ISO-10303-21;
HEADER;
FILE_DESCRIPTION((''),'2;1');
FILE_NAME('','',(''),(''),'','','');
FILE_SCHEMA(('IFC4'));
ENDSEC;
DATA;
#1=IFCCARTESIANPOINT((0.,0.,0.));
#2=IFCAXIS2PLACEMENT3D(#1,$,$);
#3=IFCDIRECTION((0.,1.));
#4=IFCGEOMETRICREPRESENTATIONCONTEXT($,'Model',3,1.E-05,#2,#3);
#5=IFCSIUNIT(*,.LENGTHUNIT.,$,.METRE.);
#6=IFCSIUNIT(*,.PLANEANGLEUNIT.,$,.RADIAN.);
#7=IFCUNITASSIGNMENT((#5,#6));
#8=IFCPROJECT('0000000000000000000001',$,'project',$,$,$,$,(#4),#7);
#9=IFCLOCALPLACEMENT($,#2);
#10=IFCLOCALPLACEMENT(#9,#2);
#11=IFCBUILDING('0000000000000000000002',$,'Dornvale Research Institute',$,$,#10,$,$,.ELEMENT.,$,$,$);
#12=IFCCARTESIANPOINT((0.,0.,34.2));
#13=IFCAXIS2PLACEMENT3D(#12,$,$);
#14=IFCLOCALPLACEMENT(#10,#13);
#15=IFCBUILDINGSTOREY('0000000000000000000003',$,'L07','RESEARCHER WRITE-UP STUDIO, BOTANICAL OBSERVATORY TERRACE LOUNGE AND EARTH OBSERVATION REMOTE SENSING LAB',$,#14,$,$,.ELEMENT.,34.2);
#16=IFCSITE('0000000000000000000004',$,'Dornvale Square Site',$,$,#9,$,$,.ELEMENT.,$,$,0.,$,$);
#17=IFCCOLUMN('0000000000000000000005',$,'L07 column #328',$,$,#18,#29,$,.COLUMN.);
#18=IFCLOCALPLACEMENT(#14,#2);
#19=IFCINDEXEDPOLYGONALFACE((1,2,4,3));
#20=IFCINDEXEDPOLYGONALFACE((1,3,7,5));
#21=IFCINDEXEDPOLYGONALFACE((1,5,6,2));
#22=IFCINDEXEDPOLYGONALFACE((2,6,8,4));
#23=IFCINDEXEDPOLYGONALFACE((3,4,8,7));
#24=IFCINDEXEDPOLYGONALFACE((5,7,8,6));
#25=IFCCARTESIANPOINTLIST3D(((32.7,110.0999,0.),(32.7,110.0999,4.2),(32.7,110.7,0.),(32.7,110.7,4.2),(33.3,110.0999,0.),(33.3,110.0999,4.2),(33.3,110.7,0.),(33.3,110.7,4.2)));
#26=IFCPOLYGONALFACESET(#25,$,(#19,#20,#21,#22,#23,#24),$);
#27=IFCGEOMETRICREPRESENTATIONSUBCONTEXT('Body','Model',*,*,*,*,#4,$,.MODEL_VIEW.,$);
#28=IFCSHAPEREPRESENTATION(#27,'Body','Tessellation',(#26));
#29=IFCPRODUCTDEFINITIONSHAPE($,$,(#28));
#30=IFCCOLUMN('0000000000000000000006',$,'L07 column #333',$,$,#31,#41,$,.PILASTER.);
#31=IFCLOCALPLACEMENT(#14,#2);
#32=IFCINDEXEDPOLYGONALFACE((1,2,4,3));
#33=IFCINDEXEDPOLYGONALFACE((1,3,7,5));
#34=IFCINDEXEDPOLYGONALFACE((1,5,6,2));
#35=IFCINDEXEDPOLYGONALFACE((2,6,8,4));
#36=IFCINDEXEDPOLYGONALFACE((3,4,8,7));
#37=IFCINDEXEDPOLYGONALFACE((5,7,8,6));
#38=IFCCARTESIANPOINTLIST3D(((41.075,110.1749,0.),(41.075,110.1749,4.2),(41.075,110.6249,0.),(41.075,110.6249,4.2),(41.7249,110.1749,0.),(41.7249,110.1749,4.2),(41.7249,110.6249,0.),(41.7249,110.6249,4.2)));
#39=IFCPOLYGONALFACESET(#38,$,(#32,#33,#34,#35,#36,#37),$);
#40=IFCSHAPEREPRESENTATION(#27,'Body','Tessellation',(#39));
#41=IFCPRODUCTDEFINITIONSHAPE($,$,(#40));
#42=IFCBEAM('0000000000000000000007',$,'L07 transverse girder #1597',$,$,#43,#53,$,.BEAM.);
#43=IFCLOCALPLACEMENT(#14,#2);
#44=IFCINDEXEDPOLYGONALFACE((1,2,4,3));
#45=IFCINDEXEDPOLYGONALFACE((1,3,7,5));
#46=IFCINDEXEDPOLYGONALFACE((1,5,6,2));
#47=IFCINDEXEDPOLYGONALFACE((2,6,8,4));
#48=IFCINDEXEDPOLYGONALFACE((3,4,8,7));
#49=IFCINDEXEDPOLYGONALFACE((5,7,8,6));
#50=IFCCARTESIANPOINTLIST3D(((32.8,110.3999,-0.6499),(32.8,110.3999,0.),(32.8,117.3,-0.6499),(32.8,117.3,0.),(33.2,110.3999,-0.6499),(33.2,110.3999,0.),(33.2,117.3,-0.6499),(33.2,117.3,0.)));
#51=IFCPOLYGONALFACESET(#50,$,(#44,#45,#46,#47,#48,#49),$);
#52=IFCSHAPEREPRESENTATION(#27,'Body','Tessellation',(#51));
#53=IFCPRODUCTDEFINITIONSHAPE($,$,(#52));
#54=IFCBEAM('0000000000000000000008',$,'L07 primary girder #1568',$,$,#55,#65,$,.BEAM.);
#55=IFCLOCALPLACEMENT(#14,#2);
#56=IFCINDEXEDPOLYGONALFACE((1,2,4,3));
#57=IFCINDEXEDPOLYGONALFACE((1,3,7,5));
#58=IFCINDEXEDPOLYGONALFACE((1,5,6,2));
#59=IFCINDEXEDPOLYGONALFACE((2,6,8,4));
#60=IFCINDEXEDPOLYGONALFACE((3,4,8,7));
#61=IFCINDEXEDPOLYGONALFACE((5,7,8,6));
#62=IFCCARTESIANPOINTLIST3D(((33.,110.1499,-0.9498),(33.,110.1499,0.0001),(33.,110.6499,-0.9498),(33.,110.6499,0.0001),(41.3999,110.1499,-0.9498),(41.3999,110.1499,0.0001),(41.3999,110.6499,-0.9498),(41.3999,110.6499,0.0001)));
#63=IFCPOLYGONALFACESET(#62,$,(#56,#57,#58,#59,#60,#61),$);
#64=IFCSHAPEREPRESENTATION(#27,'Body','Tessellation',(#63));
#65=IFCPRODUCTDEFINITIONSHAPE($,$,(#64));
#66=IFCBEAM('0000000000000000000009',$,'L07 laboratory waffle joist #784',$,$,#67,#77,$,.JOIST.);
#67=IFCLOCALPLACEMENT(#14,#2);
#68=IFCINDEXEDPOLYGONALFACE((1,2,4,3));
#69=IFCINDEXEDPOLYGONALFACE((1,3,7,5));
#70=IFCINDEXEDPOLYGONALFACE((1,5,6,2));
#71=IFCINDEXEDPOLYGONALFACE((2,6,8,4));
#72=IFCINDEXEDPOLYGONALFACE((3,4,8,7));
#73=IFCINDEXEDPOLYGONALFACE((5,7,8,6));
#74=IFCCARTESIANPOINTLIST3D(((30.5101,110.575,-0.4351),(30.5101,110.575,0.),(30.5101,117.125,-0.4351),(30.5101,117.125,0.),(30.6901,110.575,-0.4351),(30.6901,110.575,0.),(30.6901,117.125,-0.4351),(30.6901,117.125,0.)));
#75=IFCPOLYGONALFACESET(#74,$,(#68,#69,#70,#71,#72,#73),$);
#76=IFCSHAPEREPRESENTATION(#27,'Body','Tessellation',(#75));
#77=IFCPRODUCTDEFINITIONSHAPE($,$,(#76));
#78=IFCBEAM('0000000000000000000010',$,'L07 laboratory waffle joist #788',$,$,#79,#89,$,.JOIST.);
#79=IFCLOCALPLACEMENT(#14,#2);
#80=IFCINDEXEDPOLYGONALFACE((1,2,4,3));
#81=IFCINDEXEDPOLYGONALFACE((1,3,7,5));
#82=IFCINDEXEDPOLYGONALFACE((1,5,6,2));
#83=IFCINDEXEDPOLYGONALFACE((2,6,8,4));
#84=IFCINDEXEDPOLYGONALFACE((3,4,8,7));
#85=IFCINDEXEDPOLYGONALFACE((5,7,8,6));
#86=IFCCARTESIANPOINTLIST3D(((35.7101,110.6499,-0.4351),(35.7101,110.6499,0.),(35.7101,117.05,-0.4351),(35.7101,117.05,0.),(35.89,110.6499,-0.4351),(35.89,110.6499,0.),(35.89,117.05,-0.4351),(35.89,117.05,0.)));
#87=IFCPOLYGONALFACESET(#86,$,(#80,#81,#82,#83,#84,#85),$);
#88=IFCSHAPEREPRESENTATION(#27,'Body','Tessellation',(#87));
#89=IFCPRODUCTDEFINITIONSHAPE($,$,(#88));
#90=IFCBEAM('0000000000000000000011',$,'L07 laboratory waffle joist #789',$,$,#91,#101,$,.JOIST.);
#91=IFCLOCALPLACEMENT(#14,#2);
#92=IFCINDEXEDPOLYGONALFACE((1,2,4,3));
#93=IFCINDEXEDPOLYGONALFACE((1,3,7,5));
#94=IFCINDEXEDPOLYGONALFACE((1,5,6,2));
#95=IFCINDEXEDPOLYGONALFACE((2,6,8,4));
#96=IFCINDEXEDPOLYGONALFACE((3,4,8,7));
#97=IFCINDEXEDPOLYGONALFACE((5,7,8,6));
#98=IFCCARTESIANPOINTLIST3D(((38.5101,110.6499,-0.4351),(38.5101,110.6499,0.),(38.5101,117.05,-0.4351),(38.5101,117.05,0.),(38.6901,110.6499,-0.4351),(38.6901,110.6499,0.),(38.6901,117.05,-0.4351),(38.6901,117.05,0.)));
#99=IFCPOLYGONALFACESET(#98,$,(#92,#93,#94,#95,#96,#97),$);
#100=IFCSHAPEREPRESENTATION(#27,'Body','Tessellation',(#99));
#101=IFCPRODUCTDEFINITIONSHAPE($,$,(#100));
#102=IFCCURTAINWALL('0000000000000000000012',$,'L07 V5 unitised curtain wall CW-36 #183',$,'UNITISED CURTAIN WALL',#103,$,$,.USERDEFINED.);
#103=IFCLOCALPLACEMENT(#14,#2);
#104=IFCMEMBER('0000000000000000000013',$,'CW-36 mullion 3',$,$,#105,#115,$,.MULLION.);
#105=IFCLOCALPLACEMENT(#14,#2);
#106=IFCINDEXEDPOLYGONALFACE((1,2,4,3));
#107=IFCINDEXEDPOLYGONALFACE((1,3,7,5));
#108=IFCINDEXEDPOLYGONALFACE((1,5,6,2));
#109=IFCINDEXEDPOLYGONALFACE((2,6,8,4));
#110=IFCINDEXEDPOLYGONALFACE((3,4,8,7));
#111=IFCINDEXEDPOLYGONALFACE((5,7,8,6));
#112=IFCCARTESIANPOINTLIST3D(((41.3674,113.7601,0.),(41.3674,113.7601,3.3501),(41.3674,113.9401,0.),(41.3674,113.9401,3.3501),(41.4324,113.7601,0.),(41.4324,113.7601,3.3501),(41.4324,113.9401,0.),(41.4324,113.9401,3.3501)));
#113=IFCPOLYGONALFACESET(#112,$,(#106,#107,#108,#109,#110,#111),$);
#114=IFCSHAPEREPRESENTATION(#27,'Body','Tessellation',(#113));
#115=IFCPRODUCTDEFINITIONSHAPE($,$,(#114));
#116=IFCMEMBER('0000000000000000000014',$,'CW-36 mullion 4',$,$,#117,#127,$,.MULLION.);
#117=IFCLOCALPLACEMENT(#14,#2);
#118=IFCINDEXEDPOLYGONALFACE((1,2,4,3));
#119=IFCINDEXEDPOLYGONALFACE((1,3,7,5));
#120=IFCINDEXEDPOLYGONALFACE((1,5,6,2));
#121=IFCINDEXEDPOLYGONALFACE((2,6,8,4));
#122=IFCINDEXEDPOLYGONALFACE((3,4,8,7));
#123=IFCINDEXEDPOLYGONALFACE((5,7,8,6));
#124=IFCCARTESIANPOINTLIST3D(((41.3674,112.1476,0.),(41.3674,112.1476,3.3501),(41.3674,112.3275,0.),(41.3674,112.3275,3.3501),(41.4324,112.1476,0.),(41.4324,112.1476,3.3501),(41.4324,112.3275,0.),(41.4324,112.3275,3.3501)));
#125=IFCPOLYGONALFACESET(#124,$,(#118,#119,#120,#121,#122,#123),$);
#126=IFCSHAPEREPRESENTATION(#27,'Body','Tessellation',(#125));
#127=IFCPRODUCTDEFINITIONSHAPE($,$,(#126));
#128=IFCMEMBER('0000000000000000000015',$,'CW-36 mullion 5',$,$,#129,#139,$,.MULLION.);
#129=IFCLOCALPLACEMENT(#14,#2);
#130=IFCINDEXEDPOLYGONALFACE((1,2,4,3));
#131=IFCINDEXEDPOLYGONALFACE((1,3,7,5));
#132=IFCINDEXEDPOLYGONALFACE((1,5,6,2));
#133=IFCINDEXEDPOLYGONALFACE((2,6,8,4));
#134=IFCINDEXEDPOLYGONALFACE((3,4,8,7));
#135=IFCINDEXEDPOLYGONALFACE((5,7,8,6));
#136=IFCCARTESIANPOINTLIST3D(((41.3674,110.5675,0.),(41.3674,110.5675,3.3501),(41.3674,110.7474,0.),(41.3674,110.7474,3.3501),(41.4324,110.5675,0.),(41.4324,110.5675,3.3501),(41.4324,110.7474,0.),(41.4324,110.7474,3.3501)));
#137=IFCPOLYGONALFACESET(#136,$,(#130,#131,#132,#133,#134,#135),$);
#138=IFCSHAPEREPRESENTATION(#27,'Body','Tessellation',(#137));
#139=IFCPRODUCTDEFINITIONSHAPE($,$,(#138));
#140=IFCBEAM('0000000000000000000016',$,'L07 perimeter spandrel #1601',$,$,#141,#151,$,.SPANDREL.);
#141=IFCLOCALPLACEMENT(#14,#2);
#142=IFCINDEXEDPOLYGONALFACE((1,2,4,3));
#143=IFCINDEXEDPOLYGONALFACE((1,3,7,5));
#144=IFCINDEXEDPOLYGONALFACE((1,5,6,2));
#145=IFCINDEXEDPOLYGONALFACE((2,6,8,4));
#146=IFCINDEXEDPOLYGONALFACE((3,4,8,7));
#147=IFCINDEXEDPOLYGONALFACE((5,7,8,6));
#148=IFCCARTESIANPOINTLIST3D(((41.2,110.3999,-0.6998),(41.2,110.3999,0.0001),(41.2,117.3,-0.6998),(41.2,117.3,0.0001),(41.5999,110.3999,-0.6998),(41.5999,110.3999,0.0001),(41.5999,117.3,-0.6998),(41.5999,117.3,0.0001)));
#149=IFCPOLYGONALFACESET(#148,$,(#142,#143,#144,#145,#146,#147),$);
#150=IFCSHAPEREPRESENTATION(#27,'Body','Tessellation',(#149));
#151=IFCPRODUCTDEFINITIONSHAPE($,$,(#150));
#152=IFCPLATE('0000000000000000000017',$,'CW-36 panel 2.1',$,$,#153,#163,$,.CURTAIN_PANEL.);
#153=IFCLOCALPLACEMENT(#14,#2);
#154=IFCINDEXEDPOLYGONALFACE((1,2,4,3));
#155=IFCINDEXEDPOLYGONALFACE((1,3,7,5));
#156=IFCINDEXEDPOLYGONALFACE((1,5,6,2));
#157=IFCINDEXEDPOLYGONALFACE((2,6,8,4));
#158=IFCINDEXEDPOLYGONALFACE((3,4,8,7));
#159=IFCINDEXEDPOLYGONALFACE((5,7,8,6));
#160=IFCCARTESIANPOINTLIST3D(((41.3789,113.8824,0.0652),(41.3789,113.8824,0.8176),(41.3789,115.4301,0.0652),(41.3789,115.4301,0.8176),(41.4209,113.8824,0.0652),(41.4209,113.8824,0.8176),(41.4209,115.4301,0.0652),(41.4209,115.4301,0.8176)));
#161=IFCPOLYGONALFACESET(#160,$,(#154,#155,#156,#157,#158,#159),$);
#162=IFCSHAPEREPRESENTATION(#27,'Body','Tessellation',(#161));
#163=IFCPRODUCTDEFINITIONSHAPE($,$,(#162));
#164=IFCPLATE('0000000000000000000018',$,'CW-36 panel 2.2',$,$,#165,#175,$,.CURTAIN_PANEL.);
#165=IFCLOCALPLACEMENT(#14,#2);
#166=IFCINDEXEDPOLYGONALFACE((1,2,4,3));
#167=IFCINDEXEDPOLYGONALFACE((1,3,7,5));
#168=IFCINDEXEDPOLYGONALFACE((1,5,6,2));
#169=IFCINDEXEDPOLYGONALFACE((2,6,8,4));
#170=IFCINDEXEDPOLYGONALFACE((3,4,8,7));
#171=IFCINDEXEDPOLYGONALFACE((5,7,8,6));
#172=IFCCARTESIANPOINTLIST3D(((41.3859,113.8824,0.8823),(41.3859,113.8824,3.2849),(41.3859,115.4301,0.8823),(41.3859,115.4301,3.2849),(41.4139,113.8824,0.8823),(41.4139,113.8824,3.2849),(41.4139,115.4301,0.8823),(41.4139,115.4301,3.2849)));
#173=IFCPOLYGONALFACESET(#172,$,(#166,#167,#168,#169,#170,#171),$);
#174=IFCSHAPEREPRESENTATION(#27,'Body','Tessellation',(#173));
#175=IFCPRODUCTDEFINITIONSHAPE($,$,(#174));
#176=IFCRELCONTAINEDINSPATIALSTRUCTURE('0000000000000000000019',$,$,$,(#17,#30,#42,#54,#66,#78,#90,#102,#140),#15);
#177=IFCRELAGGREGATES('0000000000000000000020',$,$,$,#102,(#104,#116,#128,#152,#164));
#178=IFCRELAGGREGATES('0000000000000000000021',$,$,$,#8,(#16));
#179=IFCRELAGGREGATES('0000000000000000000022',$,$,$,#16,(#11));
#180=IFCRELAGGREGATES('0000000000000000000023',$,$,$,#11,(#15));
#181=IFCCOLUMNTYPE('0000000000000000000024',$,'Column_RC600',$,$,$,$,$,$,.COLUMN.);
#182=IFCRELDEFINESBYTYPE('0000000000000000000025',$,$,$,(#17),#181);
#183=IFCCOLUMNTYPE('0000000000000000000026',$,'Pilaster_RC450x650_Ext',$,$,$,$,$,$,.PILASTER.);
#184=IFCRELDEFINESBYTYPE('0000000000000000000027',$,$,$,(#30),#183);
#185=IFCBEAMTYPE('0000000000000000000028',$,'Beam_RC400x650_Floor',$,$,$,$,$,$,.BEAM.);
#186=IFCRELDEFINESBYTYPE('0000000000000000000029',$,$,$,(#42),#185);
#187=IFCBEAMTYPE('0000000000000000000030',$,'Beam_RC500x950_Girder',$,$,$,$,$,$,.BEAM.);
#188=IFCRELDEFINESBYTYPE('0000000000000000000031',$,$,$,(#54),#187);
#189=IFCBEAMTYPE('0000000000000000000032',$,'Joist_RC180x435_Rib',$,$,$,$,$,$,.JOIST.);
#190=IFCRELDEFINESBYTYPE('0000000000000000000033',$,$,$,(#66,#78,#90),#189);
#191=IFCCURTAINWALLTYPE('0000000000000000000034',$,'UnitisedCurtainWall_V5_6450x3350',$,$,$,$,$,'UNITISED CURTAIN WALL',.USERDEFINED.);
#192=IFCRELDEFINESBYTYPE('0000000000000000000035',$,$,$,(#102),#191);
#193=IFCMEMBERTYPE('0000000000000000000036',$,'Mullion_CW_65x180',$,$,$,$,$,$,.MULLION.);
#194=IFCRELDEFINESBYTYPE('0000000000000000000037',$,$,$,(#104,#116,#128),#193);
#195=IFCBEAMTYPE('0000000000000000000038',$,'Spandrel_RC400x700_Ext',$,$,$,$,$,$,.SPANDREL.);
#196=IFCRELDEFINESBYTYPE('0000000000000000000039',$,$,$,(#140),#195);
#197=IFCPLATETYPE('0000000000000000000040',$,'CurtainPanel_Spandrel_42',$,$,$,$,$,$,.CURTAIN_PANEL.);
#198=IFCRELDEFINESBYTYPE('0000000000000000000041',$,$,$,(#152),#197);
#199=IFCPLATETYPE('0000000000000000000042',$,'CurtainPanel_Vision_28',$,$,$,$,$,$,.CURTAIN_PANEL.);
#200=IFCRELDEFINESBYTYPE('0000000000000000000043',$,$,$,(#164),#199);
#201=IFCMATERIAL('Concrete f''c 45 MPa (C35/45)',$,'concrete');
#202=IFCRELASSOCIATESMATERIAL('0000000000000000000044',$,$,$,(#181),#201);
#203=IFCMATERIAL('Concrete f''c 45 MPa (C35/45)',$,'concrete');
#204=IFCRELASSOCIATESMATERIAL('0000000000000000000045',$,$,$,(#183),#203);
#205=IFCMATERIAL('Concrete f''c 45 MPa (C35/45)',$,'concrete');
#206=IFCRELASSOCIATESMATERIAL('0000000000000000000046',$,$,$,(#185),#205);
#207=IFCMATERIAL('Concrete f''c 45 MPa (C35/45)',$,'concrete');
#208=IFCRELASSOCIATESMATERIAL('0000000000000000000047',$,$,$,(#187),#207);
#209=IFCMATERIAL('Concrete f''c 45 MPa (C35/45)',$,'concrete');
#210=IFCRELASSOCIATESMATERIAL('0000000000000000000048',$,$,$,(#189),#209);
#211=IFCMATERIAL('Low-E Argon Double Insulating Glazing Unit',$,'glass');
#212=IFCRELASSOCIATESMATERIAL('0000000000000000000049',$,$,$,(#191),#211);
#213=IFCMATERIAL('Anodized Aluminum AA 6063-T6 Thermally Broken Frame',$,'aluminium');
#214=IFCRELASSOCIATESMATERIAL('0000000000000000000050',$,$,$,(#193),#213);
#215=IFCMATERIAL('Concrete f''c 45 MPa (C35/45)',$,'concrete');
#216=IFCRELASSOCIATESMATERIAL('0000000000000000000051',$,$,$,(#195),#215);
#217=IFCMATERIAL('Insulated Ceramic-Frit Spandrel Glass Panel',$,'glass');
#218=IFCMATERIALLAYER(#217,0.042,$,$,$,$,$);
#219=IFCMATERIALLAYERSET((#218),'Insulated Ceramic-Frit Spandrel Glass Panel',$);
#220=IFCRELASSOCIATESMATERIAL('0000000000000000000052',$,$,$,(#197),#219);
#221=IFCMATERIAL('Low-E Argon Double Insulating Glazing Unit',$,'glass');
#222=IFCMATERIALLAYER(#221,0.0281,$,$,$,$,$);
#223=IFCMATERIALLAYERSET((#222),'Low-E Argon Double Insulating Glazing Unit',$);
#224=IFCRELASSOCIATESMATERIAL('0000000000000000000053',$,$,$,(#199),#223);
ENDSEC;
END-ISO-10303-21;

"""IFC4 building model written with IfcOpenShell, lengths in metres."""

from ifc_helpers import new_model, si_unit, direction, frame, origin, origin_2d, place, context, subcontext, project, spatial, rectangle, extrude, material, layer, layer_set, material_profile, profile_set, type_object, element, aggregate, save


model = new_model("IFC4")

# Units and contexts
model_context = context("Model", 3, precision=1e-05, world=origin(), true_north=direction((0.0, 1.0)))
body_context = subcontext(model_context, "Body", "Model", "MODEL_VIEW")
ifc_project = project(units=[si_unit("LENGTHUNIT", "METRE"), si_unit("PLANEANGLEUNIT", "RADIAN")], contexts=[model_context])

# Site, building, storey
site_placement = place(None, origin())
site = spatial("IfcSite", under=ifc_project, at=site_placement, Name="Dornvale Square Site", CompositionType="ELEMENT", RefElevation=0.0)
building_placement = place(site_placement, origin())
building = spatial("IfcBuilding", under=site, at=building_placement, Name="Dornvale Research Institute", CompositionType="ELEMENT")
storey_placement = place(building_placement, frame((0.0, 0.0, 34.2)))
storey = spatial("IfcBuildingStorey", under=building, at=storey_placement, Name="L07", Description="RESEARCHER WRITE-UP STUDIO, BOTANICAL OBSERVATORY TERRACE LOUNGE AND EARTH OBSERVATION REMOTE SENSING LAB", CompositionType="ELEMENT", Elevation=34.2)

# Columns
ifc_material_1 = material(Name="Concrete f'c 45 MPa (C35/45)", Category="concrete")
ifc_material_profile_1 = material_profile(ifc_material_1, rectangle(XDim=0.6001, YDim=0.6001, at=origin_2d()), Name="RC 600x600")
ifc_profile_set_1 = profile_set([ifc_material_profile_1], Name="Concrete f'c 45 MPa (C35/45)")
column_type_1 = type_object("IfcColumnType", Name="Column_RC600", PredefinedType="COLUMN", material=ifc_profile_set_1)
column_1_placement = place(storey_placement, frame((33.0, 110.3999, 0.0), z_axis=(0.0, 0.0, 1.0), x_axis=(1.0, 0.0, 0.0)))
element("IfcColumn", 1, at=column_1_placement, inside=storey, type_object=column_type_1, Name="L07 column #328", PredefinedType="COLUMN", context=body_context, shape_type="SweptSolid", body=[
    extrude(rectangle(XDim=0.6001, YDim=0.6001, at=origin_2d()), origin(), (0.0, 0.0, 1.0), 4.2),
])
ifc_material_2 = material(Name="Concrete f'c 45 MPa (C35/45)", Category="concrete")
ifc_material_profile_2 = material_profile(ifc_material_2, rectangle(XDim=0.45, YDim=0.6499, at=origin_2d()), Name="RC 450x650")
ifc_profile_set_2 = profile_set([ifc_material_profile_2], Name="Concrete f'c 45 MPa (C35/45)")
column_type_2 = type_object("IfcColumnType", Name="Pilaster_RC450x650_Ext", PredefinedType="PILASTER", material=ifc_profile_set_2)
column_2_placement = place(storey_placement, frame((41.3999, 110.3999, 0.0), z_axis=(0.0, 0.0, 1.0), x_axis=(0.0, 1.0, 0.0)))
element("IfcColumn", 2, at=column_2_placement, inside=storey, type_object=column_type_2, Name="L07 column #333", PredefinedType="PILASTER", context=body_context, shape_type="SweptSolid", body=[
    extrude(rectangle(XDim=0.45, YDim=0.6499, at=origin_2d()), origin(), (0.0, 0.0, 1.0), 4.2),
])

# Beams
ifc_material_3 = material(Name="Concrete f'c 45 MPa (C35/45)", Category="concrete")
ifc_material_profile_3 = material_profile(ifc_material_3, rectangle(XDim=0.3999, YDim=0.6499, at=origin_2d()), Name="RC 400x650")
ifc_profile_set_3 = profile_set([ifc_material_profile_3], Name="Concrete f'c 45 MPa (C35/45)")
beam_type_1 = type_object("IfcBeamType", Name="Beam_RC400x650_Floor", PredefinedType="BEAM", material=ifc_profile_set_3)
beam_1_placement = place(storey_placement, frame((33.0, 110.3999, -0.325), z_axis=(0.0, 1.0, 0.0), x_axis=(-1.0, 0.0, 0.0)))
element("IfcBeam", 3, at=beam_1_placement, inside=storey, type_object=beam_type_1, Name="L07 transverse girder #1597", PredefinedType="BEAM", context=body_context, shape_type="SweptSolid", body=[
    extrude(rectangle(XDim=0.3999, YDim=0.6499, at=origin_2d()), origin(), (0.0, 0.0, 1.0), 6.9001),
])
ifc_material_4 = material(Name="Concrete f'c 45 MPa (C35/45)", Category="concrete")
ifc_material_profile_4 = material_profile(ifc_material_4, rectangle(XDim=0.5, YDim=0.95, at=origin_2d()), Name="RC 500x950")
ifc_profile_set_4 = profile_set([ifc_material_profile_4], Name="Concrete f'c 45 MPa (C35/45)")
beam_type_2 = type_object("IfcBeamType", Name="Beam_RC500x950_Girder", PredefinedType="BEAM", material=ifc_profile_set_4)
beam_2_placement = place(storey_placement, frame((33.0, 110.3999, -0.4749), z_axis=(1.0, 0.0, 0.0), x_axis=(0.0, 1.0, 0.0)))
element("IfcBeam", 4, at=beam_2_placement, inside=storey, type_object=beam_type_2, Name="L07 primary girder #1568", PredefinedType="BEAM", context=body_context, shape_type="SweptSolid", body=[
    extrude(rectangle(XDim=0.5, YDim=0.95, at=origin_2d()), origin(), (0.0, 0.0, 1.0), 8.3999),
])
ifc_material_5 = material(Name="Concrete f'c 45 MPa (C35/45)", Category="concrete")
ifc_material_profile_5 = material_profile(ifc_material_5, rectangle(XDim=0.1799, YDim=0.4351, at=origin_2d()), Name="RC 180x435")
ifc_profile_set_5 = profile_set([ifc_material_profile_5], Name="Concrete f'c 45 MPa (C35/45)")
beam_type_3 = type_object("IfcBeamType", Name="Joist_RC180x435_Rib", PredefinedType="JOIST", material=ifc_profile_set_5)
beam_3_placement = place(storey_placement, frame((30.6001, 110.575, -0.2175), z_axis=(0.0, 1.0, 0.0), x_axis=(-1.0, 0.0, 0.0)))
element("IfcBeam", 5, at=beam_3_placement, inside=storey, type_object=beam_type_3, Name="L07 laboratory waffle joist #784", PredefinedType="JOIST", context=body_context, shape_type="SweptSolid", body=[
    extrude(rectangle(XDim=0.1799, YDim=0.4351, at=origin_2d()), origin(), (0.0, 0.0, 1.0), 6.55),
])
for number, where, z_axis, x_axis, name in (
    (6, (35.8, 110.6499, -0.2175), (0.0, 1.0, 0.0), (-1.0, 0.0, 0.0), "L07 laboratory waffle joist #788"),
    (7, (38.6001, 110.6499, -0.2175), (0.0, 1.0, 0.0), (-1.0, 0.0, 0.0), "L07 laboratory waffle joist #789"),
):
    element("IfcBeam", number, at=place(storey_placement, frame(where, z_axis=z_axis, x_axis=x_axis)), inside=storey, type_object=beam_type_3, Name=name, PredefinedType="JOIST", context=body_context, shape_type="SweptSolid", body=[
        extrude(rectangle(XDim=0.1799, YDim=0.4351, at=origin_2d()), origin(), (0.0, 0.0, 1.0), 6.4001),
    ])

# Curtain wall, members
ifc_material_6 = material(Name="Low-E Argon Double Insulating Glazing Unit", Category="glass")
curtain_wall_type = type_object("IfcCurtainWallType", Name="UnitisedCurtainWall_V5_6450x3350", ElementType="UNITISED CURTAIN WALL", PredefinedType="USERDEFINED", material=ifc_material_6)
curtain_wall_placement = place(storey_placement, origin())
curtain_wall = element("IfcCurtainWall", 8, at=curtain_wall_placement, inside=storey, type_object=curtain_wall_type, Name="L07 V5 unitised curtain wall CW-36 #183", ObjectType="UNITISED CURTAIN WALL", PredefinedType="USERDEFINED")
ifc_material_7 = material(Name="Anodized Aluminum AA 6063-T6 Thermally Broken Frame", Category="aluminium")
ifc_material_profile_6 = material_profile(ifc_material_7, rectangle(XDim=0.0649, YDim=0.1799, at=origin_2d()), Name="ALU MULLION 65x180")
ifc_profile_set_6 = profile_set([ifc_material_profile_6], Name="Anodized Aluminum AA 6063-T6 Thermally Broken Frame")
member_type = type_object("IfcMemberType", Name="Mullion_CW_65x180", PredefinedType="MULLION", material=ifc_profile_set_6)
member_1_placement = place(storey_placement, frame((41.3999, 113.8501, 0.0), z_axis=(0.0, 0.0, 1.0), x_axis=(1.0, 0.0, 0.0)))
member_1 = element("IfcMember", 9, at=member_1_placement, type_object=member_type, Name="CW-36 mullion 3", PredefinedType="MULLION", context=body_context, shape_type="SweptSolid", body=[
    extrude(rectangle(XDim=0.0649, YDim=0.1799, at=origin_2d()), origin(), (0.0, 0.0, 1.0), 3.3501),
])
member_2_placement = place(storey_placement, frame((41.3999, 112.2375, 0.0), z_axis=(0.0, 0.0, 1.0), x_axis=(1.0, 0.0, 0.0)))
member_2 = element("IfcMember", 10, at=member_2_placement, type_object=member_type, Name="CW-36 mullion 4", PredefinedType="MULLION", context=body_context, shape_type="SweptSolid", body=[
    extrude(rectangle(XDim=0.0649, YDim=0.1799, at=origin_2d()), origin(), (0.0, 0.0, 1.0), 3.3501),
])
member_3_placement = place(storey_placement, frame((41.3999, 110.6575, 0.0), z_axis=(0.0, 0.0, 1.0), x_axis=(1.0, 0.0, 0.0)))
member_3 = element("IfcMember", 11, at=member_3_placement, type_object=member_type, Name="CW-36 mullion 5", PredefinedType="MULLION", context=body_context, shape_type="SweptSolid", body=[
    extrude(rectangle(XDim=0.0649, YDim=0.1799, at=origin_2d()), origin(), (0.0, 0.0, 1.0), 3.3501),
])

# Beam
ifc_material_8 = material(Name="Concrete f'c 45 MPa (C35/45)", Category="concrete")
ifc_material_profile_7 = material_profile(ifc_material_8, rectangle(XDim=0.3999, YDim=0.7, at=origin_2d()), Name="RC 400x700")
ifc_profile_set_7 = profile_set([ifc_material_profile_7], Name="Concrete f'c 45 MPa (C35/45)")
beam_type_4 = type_object("IfcBeamType", Name="Spandrel_RC400x700_Ext", PredefinedType="SPANDREL", material=ifc_profile_set_7)
beam_4_placement = place(storey_placement, frame((41.3999, 110.3999, -0.3499), z_axis=(0.0, 1.0, 0.0), x_axis=(-1.0, 0.0, 0.0)))
element("IfcBeam", 12, at=beam_4_placement, inside=storey, type_object=beam_type_4, Name="L07 perimeter spandrel #1601", PredefinedType="SPANDREL", context=body_context, shape_type="SweptSolid", body=[
    extrude(rectangle(XDim=0.3999, YDim=0.7, at=origin_2d()), origin(), (0.0, 0.0, 1.0), 6.9001),
])

# Plates
ifc_material_9 = material(Name="Insulated Ceramic-Frit Spandrel Glass Panel", Category="glass")
ifc_layer_1 = layer(ifc_material_9, 0.042)
ifc_layer_set_1 = layer_set([ifc_layer_1], Name="Insulated Ceramic-Frit Spandrel Glass Panel")
plate_type_1 = type_object("IfcPlateType", Name="CurtainPanel_Spandrel_42", PredefinedType="CURTAIN_PANEL", material=ifc_layer_set_1)
plate_1_placement = place(storey_placement, frame((41.3999, 114.6562, 0.0652), z_axis=(0.0, 0.0, 1.0), x_axis=(0.0, -1.0, 0.0)))
plate_1 = element("IfcPlate", 13, at=plate_1_placement, type_object=plate_type_1, Name="CW-36 panel 2.1", PredefinedType="CURTAIN_PANEL", context=body_context, shape_type="SweptSolid", body=[
    extrude(rectangle(XDim=1.5476, YDim=0.042, at=origin_2d()), origin(), (0.0, 0.0, 1.0), 0.7524),
])
ifc_material_10 = material(Name="Low-E Argon Double Insulating Glazing Unit", Category="glass")
ifc_layer_2 = layer(ifc_material_10, 0.0281)
ifc_layer_set_2 = layer_set([ifc_layer_2], Name="Low-E Argon Double Insulating Glazing Unit")
plate_type_2 = type_object("IfcPlateType", Name="CurtainPanel_Vision_28", PredefinedType="CURTAIN_PANEL", material=ifc_layer_set_2)
plate_2_placement = place(storey_placement, frame((41.3999, 114.6562, 0.8823), z_axis=(0.0, 0.0, 1.0), x_axis=(0.0, -1.0, 0.0)))
plate_2 = element("IfcPlate", 14, at=plate_2_placement, type_object=plate_type_2, Name="CW-36 panel 2.2", PredefinedType="CURTAIN_PANEL", context=body_context, shape_type="SweptSolid", body=[
    extrude(rectangle(XDim=1.5476, YDim=0.0281, at=origin_2d()), origin(), (0.0, 0.0, 1.0), 2.4026),
])
aggregate(curtain_wall, [member_1, member_2, member_3, plate_1, plate_2])

save(model, "model.ifc")
